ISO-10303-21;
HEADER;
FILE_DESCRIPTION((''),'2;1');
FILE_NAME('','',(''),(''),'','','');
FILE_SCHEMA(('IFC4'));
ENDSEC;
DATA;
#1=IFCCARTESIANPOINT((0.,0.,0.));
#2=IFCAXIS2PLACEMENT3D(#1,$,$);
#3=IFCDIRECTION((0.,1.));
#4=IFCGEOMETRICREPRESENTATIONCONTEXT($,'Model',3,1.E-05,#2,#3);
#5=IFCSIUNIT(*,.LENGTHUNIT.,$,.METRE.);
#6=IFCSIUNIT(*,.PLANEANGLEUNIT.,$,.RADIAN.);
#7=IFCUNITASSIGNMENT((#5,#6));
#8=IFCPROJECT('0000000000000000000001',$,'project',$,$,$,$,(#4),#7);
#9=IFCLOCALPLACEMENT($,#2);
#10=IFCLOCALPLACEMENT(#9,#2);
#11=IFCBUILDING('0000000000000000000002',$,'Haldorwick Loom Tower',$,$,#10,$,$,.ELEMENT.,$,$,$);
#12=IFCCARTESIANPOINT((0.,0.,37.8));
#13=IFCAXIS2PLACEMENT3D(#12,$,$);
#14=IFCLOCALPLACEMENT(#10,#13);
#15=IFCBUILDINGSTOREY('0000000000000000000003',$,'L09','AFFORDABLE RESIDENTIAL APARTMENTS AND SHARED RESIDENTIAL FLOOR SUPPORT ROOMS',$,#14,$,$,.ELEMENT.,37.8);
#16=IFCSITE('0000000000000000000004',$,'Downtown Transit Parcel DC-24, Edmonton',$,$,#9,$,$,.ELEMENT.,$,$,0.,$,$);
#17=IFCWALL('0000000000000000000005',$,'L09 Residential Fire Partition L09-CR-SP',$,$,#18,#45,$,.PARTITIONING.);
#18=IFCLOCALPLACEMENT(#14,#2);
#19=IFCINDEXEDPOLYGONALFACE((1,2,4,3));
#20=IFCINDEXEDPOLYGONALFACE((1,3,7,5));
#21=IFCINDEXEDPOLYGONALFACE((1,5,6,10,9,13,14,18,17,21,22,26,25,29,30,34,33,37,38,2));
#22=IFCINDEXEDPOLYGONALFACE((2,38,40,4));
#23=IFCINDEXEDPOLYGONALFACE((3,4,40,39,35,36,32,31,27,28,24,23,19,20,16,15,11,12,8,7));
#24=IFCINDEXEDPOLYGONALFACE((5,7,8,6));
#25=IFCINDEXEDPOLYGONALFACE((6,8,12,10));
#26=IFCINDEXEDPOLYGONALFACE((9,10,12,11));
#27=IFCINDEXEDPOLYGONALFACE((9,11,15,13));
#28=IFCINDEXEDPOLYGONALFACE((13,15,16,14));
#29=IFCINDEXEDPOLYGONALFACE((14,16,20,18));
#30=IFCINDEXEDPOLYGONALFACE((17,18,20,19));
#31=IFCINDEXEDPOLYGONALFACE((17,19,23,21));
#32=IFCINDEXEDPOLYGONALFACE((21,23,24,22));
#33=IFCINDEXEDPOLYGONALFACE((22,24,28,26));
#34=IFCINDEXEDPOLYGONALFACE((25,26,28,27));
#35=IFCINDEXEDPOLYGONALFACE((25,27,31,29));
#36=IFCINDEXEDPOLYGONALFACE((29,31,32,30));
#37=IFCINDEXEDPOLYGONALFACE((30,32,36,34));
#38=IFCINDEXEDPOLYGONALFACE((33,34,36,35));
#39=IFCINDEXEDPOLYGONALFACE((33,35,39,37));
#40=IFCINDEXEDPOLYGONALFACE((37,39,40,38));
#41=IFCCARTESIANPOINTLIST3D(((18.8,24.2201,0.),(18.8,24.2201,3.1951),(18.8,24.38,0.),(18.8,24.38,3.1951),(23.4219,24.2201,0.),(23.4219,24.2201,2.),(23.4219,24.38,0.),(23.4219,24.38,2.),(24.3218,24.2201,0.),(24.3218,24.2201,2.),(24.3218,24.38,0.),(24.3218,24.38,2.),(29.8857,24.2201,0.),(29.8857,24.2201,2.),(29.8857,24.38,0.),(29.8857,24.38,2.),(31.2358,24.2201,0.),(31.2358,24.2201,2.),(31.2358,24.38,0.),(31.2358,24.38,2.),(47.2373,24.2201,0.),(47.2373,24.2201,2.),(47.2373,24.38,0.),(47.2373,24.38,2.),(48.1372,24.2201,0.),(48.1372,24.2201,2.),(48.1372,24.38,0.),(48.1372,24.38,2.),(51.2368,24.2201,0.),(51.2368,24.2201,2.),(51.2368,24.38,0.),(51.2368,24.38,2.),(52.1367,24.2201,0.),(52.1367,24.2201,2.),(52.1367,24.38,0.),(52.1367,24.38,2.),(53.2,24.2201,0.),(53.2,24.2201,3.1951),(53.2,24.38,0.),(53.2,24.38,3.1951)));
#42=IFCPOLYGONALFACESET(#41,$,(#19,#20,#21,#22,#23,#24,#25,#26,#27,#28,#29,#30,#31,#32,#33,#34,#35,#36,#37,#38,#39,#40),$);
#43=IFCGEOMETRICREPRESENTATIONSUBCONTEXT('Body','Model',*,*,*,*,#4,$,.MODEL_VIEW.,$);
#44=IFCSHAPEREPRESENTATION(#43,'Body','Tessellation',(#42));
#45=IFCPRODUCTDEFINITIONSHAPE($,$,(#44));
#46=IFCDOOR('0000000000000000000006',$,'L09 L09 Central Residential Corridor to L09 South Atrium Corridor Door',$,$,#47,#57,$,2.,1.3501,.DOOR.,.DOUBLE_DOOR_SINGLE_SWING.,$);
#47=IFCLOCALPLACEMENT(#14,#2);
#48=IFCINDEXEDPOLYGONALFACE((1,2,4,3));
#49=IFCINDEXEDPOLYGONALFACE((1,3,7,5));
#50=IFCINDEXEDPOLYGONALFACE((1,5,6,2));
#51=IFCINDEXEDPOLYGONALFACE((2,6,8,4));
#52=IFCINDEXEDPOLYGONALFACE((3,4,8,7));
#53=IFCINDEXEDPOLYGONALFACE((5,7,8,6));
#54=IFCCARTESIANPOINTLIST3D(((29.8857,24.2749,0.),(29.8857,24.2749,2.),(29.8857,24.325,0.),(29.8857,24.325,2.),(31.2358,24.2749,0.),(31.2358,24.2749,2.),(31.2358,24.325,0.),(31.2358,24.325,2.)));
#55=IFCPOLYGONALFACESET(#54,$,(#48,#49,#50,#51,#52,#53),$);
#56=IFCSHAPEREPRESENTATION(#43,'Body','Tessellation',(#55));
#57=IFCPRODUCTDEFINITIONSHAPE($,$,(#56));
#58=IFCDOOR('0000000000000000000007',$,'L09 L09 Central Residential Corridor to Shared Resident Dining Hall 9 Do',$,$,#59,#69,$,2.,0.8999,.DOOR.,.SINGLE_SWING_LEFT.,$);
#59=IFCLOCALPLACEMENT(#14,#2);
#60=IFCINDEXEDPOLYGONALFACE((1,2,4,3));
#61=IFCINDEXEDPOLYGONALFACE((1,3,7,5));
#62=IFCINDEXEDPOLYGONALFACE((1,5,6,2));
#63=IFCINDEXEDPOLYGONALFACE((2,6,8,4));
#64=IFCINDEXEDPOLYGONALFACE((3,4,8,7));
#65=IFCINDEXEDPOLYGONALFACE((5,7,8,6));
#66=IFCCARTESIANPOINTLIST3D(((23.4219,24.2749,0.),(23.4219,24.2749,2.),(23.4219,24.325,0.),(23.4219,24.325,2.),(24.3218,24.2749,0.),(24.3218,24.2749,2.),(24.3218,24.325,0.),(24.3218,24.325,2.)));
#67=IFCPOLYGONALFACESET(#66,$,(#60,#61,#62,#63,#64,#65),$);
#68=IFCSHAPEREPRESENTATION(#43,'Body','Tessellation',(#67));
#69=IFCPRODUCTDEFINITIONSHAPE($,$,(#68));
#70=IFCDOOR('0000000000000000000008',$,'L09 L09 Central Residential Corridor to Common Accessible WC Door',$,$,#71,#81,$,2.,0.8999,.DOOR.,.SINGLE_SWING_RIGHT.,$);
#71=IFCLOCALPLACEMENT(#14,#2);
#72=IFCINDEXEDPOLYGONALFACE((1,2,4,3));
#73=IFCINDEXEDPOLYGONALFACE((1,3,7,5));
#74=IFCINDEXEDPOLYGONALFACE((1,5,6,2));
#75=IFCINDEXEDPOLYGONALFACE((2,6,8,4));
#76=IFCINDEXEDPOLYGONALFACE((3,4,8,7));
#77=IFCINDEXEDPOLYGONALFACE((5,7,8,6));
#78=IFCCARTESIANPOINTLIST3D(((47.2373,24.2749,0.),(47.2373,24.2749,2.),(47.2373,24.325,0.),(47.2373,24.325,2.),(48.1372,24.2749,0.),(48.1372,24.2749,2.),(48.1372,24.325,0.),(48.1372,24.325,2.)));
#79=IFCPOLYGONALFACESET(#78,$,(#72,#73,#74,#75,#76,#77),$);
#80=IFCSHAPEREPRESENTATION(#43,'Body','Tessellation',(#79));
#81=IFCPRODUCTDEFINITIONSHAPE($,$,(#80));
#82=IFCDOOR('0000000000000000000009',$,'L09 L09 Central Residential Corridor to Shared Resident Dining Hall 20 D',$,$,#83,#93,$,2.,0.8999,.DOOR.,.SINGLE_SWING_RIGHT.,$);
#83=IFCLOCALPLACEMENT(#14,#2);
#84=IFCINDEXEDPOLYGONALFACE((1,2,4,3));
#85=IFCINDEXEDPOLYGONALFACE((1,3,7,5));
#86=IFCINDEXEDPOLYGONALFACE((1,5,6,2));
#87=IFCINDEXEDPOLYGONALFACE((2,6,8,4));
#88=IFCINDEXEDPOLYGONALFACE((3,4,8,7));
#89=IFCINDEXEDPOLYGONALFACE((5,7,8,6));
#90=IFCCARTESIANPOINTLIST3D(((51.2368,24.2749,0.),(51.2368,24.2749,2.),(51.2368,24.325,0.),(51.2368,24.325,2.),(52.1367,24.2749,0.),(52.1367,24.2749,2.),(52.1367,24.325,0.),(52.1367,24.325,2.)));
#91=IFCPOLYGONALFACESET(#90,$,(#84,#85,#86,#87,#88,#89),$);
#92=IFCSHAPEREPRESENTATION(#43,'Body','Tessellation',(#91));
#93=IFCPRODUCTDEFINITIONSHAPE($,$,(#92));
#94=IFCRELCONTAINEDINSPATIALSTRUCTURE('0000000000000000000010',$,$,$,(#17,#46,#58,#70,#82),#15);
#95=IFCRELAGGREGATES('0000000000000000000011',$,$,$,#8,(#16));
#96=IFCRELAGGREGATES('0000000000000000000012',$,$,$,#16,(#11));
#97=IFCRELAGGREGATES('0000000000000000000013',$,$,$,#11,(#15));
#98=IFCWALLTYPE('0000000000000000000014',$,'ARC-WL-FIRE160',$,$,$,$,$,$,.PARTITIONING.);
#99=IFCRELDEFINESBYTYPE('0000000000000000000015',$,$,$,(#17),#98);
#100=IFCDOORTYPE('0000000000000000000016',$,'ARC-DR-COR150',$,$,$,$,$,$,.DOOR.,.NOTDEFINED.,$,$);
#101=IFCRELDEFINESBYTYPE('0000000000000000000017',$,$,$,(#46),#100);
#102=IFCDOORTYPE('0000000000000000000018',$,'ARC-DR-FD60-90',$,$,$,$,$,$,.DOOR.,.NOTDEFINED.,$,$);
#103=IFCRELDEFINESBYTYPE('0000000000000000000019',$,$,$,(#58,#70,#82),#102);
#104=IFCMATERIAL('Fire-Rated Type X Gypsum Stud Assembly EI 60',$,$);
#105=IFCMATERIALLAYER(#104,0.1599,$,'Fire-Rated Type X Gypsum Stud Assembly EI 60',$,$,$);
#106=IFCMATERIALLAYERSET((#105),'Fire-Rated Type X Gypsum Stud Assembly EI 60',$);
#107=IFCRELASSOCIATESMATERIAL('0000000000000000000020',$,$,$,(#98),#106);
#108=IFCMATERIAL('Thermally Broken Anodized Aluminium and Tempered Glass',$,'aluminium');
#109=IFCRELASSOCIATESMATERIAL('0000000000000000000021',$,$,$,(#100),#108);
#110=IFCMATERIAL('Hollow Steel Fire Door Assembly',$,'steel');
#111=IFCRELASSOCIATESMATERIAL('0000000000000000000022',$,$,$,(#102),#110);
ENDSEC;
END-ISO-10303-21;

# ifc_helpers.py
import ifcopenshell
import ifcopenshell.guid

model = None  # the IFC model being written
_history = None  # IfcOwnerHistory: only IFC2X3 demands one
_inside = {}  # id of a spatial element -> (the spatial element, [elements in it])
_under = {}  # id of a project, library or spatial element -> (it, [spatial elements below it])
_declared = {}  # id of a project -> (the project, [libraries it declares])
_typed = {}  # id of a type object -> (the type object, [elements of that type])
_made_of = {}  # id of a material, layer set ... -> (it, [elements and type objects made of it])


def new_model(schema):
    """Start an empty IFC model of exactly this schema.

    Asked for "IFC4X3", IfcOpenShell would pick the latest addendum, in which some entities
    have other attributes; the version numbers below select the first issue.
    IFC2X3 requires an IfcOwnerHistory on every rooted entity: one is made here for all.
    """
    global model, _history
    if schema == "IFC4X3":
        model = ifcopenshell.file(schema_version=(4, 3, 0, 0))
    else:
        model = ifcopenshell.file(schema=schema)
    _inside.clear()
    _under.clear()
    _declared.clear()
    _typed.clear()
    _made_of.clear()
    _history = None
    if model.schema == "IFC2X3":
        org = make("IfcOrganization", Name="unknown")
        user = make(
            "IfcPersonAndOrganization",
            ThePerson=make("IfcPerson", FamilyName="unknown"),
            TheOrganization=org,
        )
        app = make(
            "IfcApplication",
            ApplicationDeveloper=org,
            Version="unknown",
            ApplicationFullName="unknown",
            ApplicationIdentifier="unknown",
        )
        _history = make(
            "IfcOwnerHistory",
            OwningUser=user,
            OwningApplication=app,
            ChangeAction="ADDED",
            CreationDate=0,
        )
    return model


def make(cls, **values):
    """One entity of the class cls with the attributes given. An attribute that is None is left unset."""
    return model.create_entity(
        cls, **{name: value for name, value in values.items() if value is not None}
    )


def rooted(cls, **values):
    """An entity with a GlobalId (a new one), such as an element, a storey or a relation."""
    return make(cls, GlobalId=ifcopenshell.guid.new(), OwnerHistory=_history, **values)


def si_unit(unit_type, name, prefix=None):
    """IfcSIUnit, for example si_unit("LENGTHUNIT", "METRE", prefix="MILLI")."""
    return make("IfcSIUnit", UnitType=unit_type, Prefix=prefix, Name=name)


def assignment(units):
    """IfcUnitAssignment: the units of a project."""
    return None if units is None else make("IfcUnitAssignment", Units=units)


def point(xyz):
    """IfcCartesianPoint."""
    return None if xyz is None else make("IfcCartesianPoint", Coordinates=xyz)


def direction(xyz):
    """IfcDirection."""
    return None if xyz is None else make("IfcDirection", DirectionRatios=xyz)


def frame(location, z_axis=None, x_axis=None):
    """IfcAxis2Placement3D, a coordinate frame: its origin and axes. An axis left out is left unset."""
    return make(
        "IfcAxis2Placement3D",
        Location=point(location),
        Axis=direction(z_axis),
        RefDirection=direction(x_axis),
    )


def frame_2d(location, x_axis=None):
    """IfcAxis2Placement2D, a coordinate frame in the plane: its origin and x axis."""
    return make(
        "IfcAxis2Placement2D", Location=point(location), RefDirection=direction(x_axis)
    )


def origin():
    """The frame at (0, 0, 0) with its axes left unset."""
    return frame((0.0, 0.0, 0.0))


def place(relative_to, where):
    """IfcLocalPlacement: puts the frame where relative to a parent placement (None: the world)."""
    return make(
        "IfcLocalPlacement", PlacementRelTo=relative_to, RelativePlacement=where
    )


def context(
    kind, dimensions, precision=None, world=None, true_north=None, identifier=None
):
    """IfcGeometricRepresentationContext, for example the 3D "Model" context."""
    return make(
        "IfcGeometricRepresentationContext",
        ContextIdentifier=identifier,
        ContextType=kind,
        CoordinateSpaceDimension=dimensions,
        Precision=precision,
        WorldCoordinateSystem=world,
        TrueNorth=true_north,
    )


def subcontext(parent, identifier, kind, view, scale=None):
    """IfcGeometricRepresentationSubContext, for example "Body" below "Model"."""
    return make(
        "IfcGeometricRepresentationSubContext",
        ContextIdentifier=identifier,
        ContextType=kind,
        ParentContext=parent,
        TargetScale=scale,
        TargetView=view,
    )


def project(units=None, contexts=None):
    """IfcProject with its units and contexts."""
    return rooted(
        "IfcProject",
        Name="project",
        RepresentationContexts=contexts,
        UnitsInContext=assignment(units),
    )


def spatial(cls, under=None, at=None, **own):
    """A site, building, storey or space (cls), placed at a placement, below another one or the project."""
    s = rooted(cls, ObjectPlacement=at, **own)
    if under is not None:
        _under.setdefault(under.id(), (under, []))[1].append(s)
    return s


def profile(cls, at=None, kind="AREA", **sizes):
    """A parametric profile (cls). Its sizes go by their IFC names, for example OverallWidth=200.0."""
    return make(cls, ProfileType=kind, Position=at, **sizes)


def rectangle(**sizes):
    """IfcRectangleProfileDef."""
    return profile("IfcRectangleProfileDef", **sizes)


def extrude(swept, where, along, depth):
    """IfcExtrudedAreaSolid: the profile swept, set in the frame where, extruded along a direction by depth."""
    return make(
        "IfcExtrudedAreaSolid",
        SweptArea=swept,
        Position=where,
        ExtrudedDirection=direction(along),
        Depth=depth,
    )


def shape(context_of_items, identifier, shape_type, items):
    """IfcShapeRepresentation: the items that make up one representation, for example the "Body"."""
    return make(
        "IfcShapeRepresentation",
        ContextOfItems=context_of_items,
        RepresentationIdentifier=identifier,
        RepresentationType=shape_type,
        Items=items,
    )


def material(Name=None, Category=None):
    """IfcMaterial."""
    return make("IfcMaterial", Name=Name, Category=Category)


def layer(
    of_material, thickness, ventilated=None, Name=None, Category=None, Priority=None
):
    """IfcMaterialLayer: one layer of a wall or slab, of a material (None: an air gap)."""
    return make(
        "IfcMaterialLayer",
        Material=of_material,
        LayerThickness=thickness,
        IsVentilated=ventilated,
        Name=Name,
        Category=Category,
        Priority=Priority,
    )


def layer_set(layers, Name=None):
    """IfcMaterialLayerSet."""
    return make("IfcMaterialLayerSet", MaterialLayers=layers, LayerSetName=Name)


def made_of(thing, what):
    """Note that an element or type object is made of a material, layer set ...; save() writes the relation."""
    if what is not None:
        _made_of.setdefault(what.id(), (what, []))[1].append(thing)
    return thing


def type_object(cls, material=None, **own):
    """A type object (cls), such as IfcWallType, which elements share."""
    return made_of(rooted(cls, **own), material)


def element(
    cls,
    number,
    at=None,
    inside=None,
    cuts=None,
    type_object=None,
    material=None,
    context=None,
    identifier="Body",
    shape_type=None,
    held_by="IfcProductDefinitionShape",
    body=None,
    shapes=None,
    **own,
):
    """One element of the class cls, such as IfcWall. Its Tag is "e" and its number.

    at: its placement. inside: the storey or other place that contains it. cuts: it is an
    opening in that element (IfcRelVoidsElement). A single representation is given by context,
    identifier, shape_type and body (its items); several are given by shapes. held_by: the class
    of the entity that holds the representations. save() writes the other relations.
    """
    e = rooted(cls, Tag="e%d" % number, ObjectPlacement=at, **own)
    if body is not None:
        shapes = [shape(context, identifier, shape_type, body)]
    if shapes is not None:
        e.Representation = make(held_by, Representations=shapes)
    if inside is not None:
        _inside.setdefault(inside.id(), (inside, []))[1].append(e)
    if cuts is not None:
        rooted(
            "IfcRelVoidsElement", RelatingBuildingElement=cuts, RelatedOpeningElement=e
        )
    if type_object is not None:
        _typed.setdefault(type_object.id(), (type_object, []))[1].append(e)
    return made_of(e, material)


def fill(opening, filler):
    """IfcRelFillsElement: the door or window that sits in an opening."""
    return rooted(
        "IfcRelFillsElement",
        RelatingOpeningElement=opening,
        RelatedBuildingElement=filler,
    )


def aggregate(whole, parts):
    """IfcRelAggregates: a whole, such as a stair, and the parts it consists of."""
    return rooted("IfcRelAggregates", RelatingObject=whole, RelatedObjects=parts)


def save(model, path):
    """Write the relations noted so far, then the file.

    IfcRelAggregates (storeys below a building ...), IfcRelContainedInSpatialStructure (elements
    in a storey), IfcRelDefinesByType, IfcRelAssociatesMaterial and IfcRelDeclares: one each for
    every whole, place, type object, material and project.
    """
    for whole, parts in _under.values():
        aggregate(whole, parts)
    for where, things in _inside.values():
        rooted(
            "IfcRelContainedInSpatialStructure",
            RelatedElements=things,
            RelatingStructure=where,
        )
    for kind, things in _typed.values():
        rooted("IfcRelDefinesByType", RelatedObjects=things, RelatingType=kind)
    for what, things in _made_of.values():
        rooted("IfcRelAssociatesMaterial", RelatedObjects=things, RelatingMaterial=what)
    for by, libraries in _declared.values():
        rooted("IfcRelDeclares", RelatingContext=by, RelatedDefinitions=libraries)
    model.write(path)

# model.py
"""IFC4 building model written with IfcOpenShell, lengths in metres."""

from ifc_helpers import new_model, si_unit, direction, frame, frame_2d, origin, place, context, subcontext, project, spatial, rectangle, extrude, material, layer, layer_set, type_object, element, fill, save


model = new_model("IFC4")

# Units and contexts
model_context = context("Model", 3, precision=1e-05, world=origin(), true_north=direction((0.0, 1.0)))
body_context = subcontext(model_context, "Body", "Model", "MODEL_VIEW")
ifc_project = project(units=[si_unit("LENGTHUNIT", "METRE"), si_unit("PLANEANGLEUNIT", "RADIAN")], contexts=[model_context])

# Site, building, storey
site_placement = place(None, origin())
site = spatial("IfcSite", under=ifc_project, at=site_placement, Name="Downtown Transit Parcel DC-24, Edmonton", CompositionType="ELEMENT", RefElevation=0.0)
building_placement = place(site_placement, origin())
building = spatial("IfcBuilding", under=site, at=building_placement, Name="Haldorwick Loom Tower", CompositionType="ELEMENT")
storey_placement = place(building_placement, frame((0.0, 0.0, 37.8)))
storey = spatial("IfcBuildingStorey", under=building, at=storey_placement, Name="L09", Description="AFFORDABLE RESIDENTIAL APARTMENTS AND SHARED RESIDENTIAL FLOOR SUPPORT ROOMS", CompositionType="ELEMENT", Elevation=37.8)

# Wall, openings, doors
ifc_material_1 = material(Name="Fire-Rated Type X Gypsum Stud Assembly EI 60")
ifc_layer_1 = layer(ifc_material_1, 0.1599, Name="Fire-Rated Type X Gypsum Stud Assembly EI 60")
ifc_layer_set_1 = layer_set([ifc_layer_1], Name="Fire-Rated Type X Gypsum Stud Assembly EI 60")
wall_type_1 = type_object("IfcWallType", Name="ARC-WL-FIRE160", PredefinedType="PARTITIONING", material=ifc_layer_set_1)
wall_1_placement = place(storey_placement, frame((18.8, 24.3, 0.0), z_axis=(0.0, 0.0, 1.0), x_axis=(1.0, 0.0, 0.0)))
wall_1 = element("IfcWall", 1, at=wall_1_placement, inside=storey, type_object=wall_type_1, Name="L09 Residential Fire Partition L09-CR-SP", PredefinedType="PARTITIONING", context=body_context, shape_type="SweptSolid", body=[
    extrude(rectangle(XDim=34.3999, YDim=0.1599, at=frame_2d((17.2, 0.0))), origin(), (0.0, 0.0, 1.0), 3.1951),
])
opening_1_placement = place(wall_1_placement, frame((11.0857, 0.0, 0.0)))
opening_1 = element("IfcOpeningElement", 2, at=opening_1_placement, cuts=wall_1, PredefinedType="OPENING", context=body_context, shape_type="SweptSolid", body=[
    extrude(rectangle(XDim=1.3501, YDim=2.0, at=frame_2d((0.675, 1.0))), frame((0.0, 0.0898, 0.0), z_axis=(0.0, -1.0, 0.0), x_axis=(1.0, 0.0, 0.0)), (0.0, 0.0, 1.0), 0.1799),
])
opening_2_placement = place(wall_1_placement, frame((4.6218, 0.0, 0.0)))
opening_2 = element("IfcOpeningElement", 3, at=opening_2_placement, cuts=wall_1, PredefinedType="OPENING", context=body_context, shape_type="SweptSolid", body=[
    extrude(rectangle(XDim=0.8999, YDim=2.0, at=frame_2d((0.45, 1.0))), frame((0.0, 0.0898, 0.0), z_axis=(0.0, -1.0, 0.0), x_axis=(1.0, 0.0, 0.0)), (0.0, 0.0, 1.0), 0.1799),
])
opening_3_placement = place(wall_1_placement, frame((28.4373, 0.0, 0.0)))
opening_3 = element("IfcOpeningElement", 4, at=opening_3_placement, cuts=wall_1, PredefinedType="OPENING", context=body_context, shape_type="SweptSolid", body=[
    extrude(rectangle(XDim=0.8999, YDim=2.0, at=frame_2d((0.45, 1.0))), frame((0.0, 0.0898, 0.0), z_axis=(0.0, -1.0, 0.0), x_axis=(1.0, 0.0, 0.0)), (0.0, 0.0, 1.0), 0.1799),
])
opening_4_placement = place(wall_1_placement, frame((32.4368, 0.0, 0.0)))
opening_4 = element("IfcOpeningElement", 5, at=opening_4_placement, cuts=wall_1, PredefinedType="OPENING", context=body_context, shape_type="SweptSolid", body=[
    extrude(rectangle(XDim=0.8999, YDim=2.0, at=frame_2d((0.45, 1.0))), frame((0.0, 0.0898, 0.0), z_axis=(0.0, -1.0, 0.0), x_axis=(1.0, 0.0, 0.0)), (0.0, 0.0, 1.0), 0.1799),
])
ifc_material_2 = material(Name="Thermally Broken Anodized Aluminium and Tempered Glass", Category="aluminium")
door_type_1 = type_object("IfcDoorType", Name="ARC-DR-COR150", OperationType="NOTDEFINED", PredefinedType="DOOR", material=ifc_material_2)
door_1_placement = place(opening_1_placement, origin())
door_1 = element("IfcDoor", 6, at=door_1_placement, inside=storey, type_object=door_type_1, Name="L09 L09 Central Residential Corridor to L09 South Atrium Corridor Door", OperationType="DOUBLE_DOOR_SINGLE_SWING", OverallHeight=2.0, OverallWidth=1.3501, PredefinedType="DOOR", context=body_context, shape_type="SweptSolid", body=[
    extrude(rectangle(XDim=1.3501, YDim=2.0, at=frame_2d((0.675, 1.0))), frame((0.0, 0.0249, 0.0), z_axis=(0.0, -1.0, 0.0), x_axis=(1.0, 0.0, 0.0)), (0.0, 0.0, 1.0), 0.05),
])
fill(opening_1, door_1)
ifc_material_3 = material(Name="Hollow Steel Fire Door Assembly", Category="steel")
door_type_2 = type_object("IfcDoorType", Name="ARC-DR-FD60-90", OperationType="NOTDEFINED", PredefinedType="DOOR", material=ifc_material_3)
door_2_placement = place(opening_2_placement, origin())
door_2 = element("IfcDoor", 7, at=door_2_placement, inside=storey, type_object=door_type_2, Name="L09 L09 Central Residential Corridor to Shared Resident Dining Hall 9 Do", OperationType="SINGLE_SWING_LEFT", OverallHeight=2.0, OverallWidth=0.8999, PredefinedType="DOOR", context=body_context, shape_type="SweptSolid", body=[
    extrude(rectangle(XDim=0.8999, YDim=2.0, at=frame_2d((0.45, 1.0))), frame((0.0, 0.0249, 0.0), z_axis=(0.0, -1.0, 0.0), x_axis=(1.0, 0.0, 0.0)), (0.0, 0.0, 1.0), 0.05),
])
fill(opening_2, door_2)
door_3_placement = place(opening_3_placement, origin())
door_3 = element("IfcDoor", 8, at=door_3_placement, inside=storey, type_object=door_type_2, Name="L09 L09 Central Residential Corridor to Common Accessible WC Door", OperationType="SINGLE_SWING_RIGHT", OverallHeight=2.0, OverallWidth=0.8999, PredefinedType="DOOR", context=body_context, shape_type="SweptSolid", body=[
    extrude(rectangle(XDim=0.8999, YDim=2.0, at=frame_2d((0.45, 1.0))), frame((0.0, 0.0249, 0.0), z_axis=(0.0, -1.0, 0.0), x_axis=(1.0, 0.0, 0.0)), (0.0, 0.0, 1.0), 0.05),
])
fill(opening_3, door_3)
door_4_placement = place(opening_4_placement, origin())
door_4 = element("IfcDoor", 9, at=door_4_placement, inside=storey, type_object=door_type_2, Name="L09 L09 Central Residential Corridor to Shared Resident Dining Hall 20 D", OperationType="SINGLE_SWING_RIGHT", OverallHeight=2.0, OverallWidth=0.8999, PredefinedType="DOOR", context=body_context, shape_type="SweptSolid", body=[
    extrude(rectangle(XDim=0.8999, YDim=2.0, at=frame_2d((0.45, 1.0))), frame((0.0, 0.0249, 0.0), z_axis=(0.0, -1.0, 0.0), x_axis=(1.0, 0.0, 0.0)), (0.0, 0.0, 1.0), 0.05),
])
fill(opening_4, door_4)

save(model, "model.ifc")
